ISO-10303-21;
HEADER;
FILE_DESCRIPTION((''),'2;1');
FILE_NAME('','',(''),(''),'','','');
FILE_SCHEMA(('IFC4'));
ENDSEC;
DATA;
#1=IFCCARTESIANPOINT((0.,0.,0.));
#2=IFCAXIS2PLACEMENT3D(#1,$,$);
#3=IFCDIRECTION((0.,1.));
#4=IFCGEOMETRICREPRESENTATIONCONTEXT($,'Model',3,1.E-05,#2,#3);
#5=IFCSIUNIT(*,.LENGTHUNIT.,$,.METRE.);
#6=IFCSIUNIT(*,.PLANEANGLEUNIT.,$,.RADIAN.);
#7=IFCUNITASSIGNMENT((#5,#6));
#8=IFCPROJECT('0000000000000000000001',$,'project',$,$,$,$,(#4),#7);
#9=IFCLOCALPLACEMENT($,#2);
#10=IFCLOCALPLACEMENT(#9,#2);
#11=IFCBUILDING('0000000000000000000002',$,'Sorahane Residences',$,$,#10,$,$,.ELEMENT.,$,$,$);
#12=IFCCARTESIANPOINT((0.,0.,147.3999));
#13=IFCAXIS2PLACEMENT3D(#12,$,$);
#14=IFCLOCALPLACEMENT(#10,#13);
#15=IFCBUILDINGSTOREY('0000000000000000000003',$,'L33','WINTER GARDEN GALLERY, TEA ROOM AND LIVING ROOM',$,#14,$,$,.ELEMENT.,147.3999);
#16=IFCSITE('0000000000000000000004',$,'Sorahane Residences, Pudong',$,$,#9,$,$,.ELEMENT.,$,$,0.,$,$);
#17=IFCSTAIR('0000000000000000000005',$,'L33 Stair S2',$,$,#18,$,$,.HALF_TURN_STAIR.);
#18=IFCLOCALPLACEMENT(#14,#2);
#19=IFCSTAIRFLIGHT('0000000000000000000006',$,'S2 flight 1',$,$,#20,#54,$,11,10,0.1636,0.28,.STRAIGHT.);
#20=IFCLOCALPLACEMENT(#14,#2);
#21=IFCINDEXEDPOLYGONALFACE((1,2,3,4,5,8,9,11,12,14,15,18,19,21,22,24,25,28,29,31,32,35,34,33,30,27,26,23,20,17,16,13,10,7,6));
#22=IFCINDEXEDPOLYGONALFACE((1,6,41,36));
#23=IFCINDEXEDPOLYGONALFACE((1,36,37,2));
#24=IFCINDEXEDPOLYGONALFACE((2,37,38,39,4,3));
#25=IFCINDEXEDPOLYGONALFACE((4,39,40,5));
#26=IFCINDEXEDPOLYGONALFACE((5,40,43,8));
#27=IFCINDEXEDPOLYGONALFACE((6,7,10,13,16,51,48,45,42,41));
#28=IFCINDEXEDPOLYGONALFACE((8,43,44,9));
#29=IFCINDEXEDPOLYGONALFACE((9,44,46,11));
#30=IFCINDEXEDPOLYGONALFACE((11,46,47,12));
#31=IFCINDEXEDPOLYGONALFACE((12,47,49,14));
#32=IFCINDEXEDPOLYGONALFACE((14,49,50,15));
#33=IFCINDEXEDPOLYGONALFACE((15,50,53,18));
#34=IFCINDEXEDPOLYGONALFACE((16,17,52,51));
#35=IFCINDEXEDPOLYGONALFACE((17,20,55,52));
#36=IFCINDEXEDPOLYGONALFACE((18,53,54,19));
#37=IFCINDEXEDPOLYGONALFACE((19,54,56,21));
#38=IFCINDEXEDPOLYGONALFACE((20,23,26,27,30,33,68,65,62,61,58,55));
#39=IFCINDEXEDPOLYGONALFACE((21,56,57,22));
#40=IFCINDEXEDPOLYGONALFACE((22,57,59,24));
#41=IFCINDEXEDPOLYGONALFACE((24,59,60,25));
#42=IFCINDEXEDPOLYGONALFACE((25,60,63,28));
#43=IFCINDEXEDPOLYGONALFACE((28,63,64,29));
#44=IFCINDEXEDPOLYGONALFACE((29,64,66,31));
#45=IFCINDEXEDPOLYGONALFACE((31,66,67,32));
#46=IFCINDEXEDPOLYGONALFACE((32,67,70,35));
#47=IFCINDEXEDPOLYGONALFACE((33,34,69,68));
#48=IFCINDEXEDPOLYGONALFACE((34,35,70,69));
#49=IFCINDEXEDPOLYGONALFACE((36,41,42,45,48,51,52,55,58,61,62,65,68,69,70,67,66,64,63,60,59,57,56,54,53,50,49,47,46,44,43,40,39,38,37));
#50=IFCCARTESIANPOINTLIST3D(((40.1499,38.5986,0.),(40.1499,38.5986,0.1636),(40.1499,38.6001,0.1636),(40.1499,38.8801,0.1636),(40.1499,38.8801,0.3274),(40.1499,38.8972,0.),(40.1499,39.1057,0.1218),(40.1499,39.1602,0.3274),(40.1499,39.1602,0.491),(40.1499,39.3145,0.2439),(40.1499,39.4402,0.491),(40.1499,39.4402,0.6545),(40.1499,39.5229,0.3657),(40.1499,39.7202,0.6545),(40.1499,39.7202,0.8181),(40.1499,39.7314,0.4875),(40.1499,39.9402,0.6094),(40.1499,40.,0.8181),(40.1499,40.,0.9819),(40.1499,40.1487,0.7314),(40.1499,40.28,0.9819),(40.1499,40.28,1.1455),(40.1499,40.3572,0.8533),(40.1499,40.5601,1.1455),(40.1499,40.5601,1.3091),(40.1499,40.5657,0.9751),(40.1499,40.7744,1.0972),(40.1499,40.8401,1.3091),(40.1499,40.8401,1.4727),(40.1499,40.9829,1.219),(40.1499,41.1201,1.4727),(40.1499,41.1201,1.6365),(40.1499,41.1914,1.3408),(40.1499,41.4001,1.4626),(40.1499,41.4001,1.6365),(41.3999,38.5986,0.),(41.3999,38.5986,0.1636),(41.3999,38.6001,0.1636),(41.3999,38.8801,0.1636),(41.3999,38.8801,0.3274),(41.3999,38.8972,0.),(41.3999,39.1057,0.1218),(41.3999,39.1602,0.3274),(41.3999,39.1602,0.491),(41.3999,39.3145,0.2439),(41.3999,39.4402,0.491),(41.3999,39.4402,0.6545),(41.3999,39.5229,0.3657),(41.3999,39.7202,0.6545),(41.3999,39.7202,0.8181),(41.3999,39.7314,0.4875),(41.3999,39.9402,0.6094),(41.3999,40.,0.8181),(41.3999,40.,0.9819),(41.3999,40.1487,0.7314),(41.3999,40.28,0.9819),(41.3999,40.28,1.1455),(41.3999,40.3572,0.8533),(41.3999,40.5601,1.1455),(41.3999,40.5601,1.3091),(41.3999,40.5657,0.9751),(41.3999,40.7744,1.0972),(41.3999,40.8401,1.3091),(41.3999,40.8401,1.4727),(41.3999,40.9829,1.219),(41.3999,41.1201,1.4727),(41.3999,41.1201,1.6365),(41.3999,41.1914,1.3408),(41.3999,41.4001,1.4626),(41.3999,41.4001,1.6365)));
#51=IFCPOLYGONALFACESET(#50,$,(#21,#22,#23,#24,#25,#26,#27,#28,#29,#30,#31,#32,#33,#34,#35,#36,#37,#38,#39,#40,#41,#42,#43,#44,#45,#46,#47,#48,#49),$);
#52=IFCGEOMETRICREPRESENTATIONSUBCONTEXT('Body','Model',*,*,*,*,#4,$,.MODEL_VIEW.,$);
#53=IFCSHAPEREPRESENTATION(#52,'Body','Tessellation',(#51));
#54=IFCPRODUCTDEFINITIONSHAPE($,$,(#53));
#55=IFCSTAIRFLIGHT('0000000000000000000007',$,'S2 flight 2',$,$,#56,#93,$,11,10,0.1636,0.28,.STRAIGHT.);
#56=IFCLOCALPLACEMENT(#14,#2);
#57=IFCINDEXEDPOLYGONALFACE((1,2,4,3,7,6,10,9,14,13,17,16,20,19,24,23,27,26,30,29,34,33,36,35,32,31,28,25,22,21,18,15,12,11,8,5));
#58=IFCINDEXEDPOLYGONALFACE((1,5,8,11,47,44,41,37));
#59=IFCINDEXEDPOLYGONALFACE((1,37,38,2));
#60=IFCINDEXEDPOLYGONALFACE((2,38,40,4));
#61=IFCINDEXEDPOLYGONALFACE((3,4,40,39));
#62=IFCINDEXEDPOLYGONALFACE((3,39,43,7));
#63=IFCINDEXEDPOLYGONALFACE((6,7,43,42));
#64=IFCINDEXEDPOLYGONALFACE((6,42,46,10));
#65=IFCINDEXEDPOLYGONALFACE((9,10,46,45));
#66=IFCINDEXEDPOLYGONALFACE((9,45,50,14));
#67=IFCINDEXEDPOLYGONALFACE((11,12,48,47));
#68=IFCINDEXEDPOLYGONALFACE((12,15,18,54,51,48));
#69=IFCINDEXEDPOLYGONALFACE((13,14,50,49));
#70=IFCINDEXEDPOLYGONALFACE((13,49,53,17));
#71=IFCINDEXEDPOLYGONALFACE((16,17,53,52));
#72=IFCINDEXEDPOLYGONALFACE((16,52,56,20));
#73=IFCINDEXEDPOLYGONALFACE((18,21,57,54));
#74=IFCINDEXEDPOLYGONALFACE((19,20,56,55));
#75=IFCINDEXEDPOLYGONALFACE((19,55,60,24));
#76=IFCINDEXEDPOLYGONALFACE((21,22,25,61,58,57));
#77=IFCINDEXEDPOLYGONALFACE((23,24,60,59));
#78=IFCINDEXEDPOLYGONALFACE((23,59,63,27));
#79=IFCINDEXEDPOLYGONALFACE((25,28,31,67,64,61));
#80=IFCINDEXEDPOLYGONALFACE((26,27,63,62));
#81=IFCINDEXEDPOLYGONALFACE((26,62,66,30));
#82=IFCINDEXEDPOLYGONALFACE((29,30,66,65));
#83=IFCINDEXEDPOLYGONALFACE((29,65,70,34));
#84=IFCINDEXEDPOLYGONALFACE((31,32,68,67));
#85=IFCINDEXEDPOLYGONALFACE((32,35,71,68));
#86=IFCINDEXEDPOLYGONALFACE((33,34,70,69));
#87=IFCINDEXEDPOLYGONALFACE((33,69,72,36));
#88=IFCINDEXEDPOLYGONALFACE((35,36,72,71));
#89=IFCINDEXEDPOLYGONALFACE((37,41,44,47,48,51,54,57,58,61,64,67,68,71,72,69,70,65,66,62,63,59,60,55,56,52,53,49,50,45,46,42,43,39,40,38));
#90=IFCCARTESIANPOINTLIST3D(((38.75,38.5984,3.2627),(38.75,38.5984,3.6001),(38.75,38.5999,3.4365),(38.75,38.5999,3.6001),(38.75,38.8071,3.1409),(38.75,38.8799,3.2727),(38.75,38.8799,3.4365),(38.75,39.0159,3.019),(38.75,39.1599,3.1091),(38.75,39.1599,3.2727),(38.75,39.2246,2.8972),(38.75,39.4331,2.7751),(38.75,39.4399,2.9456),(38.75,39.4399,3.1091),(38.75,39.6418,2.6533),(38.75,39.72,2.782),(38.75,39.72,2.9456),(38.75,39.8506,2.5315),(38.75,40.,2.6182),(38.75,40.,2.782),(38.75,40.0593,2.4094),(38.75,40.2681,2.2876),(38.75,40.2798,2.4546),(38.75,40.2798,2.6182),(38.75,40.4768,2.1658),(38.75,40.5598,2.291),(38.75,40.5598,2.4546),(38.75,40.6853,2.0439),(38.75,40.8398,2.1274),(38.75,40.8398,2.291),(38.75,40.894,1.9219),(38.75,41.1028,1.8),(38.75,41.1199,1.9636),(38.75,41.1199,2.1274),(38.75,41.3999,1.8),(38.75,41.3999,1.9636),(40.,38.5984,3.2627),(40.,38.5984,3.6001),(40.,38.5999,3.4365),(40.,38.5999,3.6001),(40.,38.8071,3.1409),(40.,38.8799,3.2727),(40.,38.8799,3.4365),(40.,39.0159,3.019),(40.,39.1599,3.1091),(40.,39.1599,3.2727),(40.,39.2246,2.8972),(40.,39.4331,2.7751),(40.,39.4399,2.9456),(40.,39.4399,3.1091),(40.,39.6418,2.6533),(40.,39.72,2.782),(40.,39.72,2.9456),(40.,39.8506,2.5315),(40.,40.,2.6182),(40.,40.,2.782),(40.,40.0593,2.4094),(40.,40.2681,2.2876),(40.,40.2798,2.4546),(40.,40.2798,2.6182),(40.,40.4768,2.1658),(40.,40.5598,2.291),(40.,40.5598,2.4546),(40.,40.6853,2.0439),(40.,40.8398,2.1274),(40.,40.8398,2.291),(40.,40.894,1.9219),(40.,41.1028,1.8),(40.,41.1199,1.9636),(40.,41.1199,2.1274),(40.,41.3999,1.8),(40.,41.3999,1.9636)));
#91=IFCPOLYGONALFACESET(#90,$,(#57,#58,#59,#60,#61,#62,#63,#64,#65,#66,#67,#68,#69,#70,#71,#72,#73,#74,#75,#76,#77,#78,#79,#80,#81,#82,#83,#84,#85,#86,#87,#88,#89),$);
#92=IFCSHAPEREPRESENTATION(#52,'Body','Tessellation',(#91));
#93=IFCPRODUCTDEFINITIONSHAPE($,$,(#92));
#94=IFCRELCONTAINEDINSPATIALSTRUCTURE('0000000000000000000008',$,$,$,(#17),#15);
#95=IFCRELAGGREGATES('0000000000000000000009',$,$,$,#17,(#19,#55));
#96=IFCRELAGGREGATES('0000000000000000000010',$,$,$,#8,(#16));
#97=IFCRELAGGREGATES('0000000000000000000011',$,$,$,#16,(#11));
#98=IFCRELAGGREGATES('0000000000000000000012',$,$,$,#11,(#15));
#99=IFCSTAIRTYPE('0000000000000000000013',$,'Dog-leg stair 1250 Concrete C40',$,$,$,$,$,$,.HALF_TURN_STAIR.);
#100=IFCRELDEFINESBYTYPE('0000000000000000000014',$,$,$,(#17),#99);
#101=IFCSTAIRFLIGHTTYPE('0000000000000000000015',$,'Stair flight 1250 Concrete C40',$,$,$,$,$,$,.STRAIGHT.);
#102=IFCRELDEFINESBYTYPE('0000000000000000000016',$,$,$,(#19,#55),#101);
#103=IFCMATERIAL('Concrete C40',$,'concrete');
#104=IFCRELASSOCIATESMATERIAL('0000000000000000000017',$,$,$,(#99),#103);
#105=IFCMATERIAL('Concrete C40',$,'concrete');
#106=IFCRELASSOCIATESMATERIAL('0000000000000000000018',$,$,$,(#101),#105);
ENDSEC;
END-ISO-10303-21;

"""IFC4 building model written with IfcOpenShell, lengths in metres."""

from ifc_helpers import new_model, si_unit, direction, frame, origin, place, context, subcontext, project, spatial, polyline, outline, extrude, material, type_object, element, aggregate, save


model = new_model("IFC4")

# Units and contexts
model_context = context("Model", 3, precision=1e-05, world=origin(), true_north=direction((0.0, 1.0)))
body_context = subcontext(model_context, "Body", "Model", "MODEL_VIEW")
ifc_project = project(units=[si_unit("LENGTHUNIT", "METRE"), si_unit("PLANEANGLEUNIT", "RADIAN")], contexts=[model_context])

# Site, building, storey
site_placement = place(None, origin())
site = spatial("IfcSite", under=ifc_project, at=site_placement, Name="Sorahane Residences, Pudong", CompositionType="ELEMENT", RefElevation=0.0)
building_placement = place(site_placement, origin())
building = spatial("IfcBuilding", under=site, at=building_placement, Name="Sorahane Residences", CompositionType="ELEMENT")
storey_placement = place(building_placement, frame((0.0, 0.0, 147.3999)))
storey = spatial("IfcBuildingStorey", under=building, at=storey_placement, Name="L33", Description="WINTER GARDEN GALLERY, TEA ROOM AND LIVING ROOM", CompositionType="ELEMENT", Elevation=147.3999)

# Stair, stair flights
ifc_material_1 = material(Name="Concrete C40", Category="concrete")
stair_type = type_object("IfcStairType", Name="Dog-leg stair 1250 Concrete C40", PredefinedType="HALF_TURN_STAIR", material=ifc_material_1)
stair_placement = place(storey_placement, origin())
stair = element("IfcStair", 1, at=stair_placement, inside=storey, type_object=stair_type, Name="L33 Stair S2", PredefinedType="HALF_TURN_STAIR")
ifc_material_2 = material(Name="Concrete C40", Category="concrete")
stair_flight_type = type_object("IfcStairFlightType", Name="Stair flight 1250 Concrete C40", PredefinedType="STRAIGHT", material=ifc_material_2)
stair_flight_1_placement = place(storey_placement, frame((40.7749, 38.6001, 0.0), z_axis=(0.0, 0.0, 1.0), x_axis=(0.0, 1.0, 0.0)))
stair_flight_1 = element("IfcStairFlight", 2, at=stair_flight_1_placement, type_object=stair_flight_type, Name="S2 flight 1", NumberOfRisers=11, NumberOfTreads=10, PredefinedType="STRAIGHT", RiserHeight=0.1636, TreadLength=0.28, context=body_context, shape_type="SweptSolid", body=[
    extrude(outline(polyline([(-0.0015, 0.0), (-0.0015, 0.1636), (0.0, 0.1636), (0.28, 0.1636), (0.28, 0.3274), (0.5601, 0.3274), (0.5601, 0.491), (0.8401, 0.491), (0.8401, 0.6545), (1.1201, 0.6545), (1.1201, 0.8181), (1.3999, 0.8181), (1.3999, 0.9819), (1.6799, 0.9819), (1.6799, 1.1455), (1.96, 1.1455), (1.96, 1.3091), (2.24, 1.3091), (2.24, 1.4727), (2.52, 1.4727), (2.52, 1.6365), (2.8, 1.6365), (2.8, 1.8), (2.8, 1.4626), (2.5913, 1.3408), (2.3828, 1.219), (2.1743, 1.0972), (1.9656, 0.9751), (1.7571, 0.8533), (1.5486, 0.7314), (1.3401, 0.6094), (1.1313, 0.4875), (0.9229, 0.3657), (0.7144, 0.2439), (0.5056, 0.1218), (0.2971, 0.0), (-0.0015, 0.0)])), frame((0.0, 0.625, 0.0), z_axis=(0.0, -1.0, 0.0), x_axis=(1.0, 0.0, 0.0)), (0.0, 0.0, 1.0), 1.25),
])
stair_flight_2_placement = place(storey_placement, frame((39.375, 41.3999, 1.8), z_axis=(0.0, 0.0, 1.0), x_axis=(0.0, -1.0, 0.0)))
stair_flight_2 = element("IfcStairFlight", 3, at=stair_flight_2_placement, type_object=stair_flight_type, Name="S2 flight 2", NumberOfRisers=11, NumberOfTreads=10, PredefinedType="STRAIGHT", RiserHeight=0.1636, TreadLength=0.28, context=body_context, shape_type="SweptSolid", body=[
    extrude(outline(polyline([(0.0, 0.0), (0.0, 0.1636), (0.28, 0.1636), (0.28, 0.3274), (0.5601, 0.3274), (0.5601, 0.491), (0.8401, 0.491), (0.8401, 0.6545), (1.1201, 0.6545), (1.1201, 0.8181), (1.3999, 0.8181), (1.3999, 0.9819), (1.6799, 0.9819), (1.6799, 1.1455), (1.96, 1.1455), (1.96, 1.3091), (2.24, 1.3091), (2.24, 1.4727), (2.52, 1.4727), (2.52, 1.6365), (2.8, 1.6365), (2.8, 1.8), (2.8015, 1.8), (2.8015, 1.4626), (2.5928, 1.3408), (2.384, 1.219), (2.1753, 1.0972), (1.9668, 0.9751), (1.7581, 0.8533), (1.5493, 0.7314), (1.3406, 0.6094), (1.1318, 0.4875), (0.9231, 0.3657), (0.7146, 0.2439), (0.5059, 0.1218), (0.2971, 0.0), (0.0, 0.0)])), frame((0.0, 0.625, 0.0), z_axis=(0.0, -1.0, 0.0), x_axis=(1.0, 0.0, 0.0)), (0.0, 0.0, 1.0), 1.25),
])
aggregate(stair, [stair_flight_1, stair_flight_2])

save(model, "model.ifc")
